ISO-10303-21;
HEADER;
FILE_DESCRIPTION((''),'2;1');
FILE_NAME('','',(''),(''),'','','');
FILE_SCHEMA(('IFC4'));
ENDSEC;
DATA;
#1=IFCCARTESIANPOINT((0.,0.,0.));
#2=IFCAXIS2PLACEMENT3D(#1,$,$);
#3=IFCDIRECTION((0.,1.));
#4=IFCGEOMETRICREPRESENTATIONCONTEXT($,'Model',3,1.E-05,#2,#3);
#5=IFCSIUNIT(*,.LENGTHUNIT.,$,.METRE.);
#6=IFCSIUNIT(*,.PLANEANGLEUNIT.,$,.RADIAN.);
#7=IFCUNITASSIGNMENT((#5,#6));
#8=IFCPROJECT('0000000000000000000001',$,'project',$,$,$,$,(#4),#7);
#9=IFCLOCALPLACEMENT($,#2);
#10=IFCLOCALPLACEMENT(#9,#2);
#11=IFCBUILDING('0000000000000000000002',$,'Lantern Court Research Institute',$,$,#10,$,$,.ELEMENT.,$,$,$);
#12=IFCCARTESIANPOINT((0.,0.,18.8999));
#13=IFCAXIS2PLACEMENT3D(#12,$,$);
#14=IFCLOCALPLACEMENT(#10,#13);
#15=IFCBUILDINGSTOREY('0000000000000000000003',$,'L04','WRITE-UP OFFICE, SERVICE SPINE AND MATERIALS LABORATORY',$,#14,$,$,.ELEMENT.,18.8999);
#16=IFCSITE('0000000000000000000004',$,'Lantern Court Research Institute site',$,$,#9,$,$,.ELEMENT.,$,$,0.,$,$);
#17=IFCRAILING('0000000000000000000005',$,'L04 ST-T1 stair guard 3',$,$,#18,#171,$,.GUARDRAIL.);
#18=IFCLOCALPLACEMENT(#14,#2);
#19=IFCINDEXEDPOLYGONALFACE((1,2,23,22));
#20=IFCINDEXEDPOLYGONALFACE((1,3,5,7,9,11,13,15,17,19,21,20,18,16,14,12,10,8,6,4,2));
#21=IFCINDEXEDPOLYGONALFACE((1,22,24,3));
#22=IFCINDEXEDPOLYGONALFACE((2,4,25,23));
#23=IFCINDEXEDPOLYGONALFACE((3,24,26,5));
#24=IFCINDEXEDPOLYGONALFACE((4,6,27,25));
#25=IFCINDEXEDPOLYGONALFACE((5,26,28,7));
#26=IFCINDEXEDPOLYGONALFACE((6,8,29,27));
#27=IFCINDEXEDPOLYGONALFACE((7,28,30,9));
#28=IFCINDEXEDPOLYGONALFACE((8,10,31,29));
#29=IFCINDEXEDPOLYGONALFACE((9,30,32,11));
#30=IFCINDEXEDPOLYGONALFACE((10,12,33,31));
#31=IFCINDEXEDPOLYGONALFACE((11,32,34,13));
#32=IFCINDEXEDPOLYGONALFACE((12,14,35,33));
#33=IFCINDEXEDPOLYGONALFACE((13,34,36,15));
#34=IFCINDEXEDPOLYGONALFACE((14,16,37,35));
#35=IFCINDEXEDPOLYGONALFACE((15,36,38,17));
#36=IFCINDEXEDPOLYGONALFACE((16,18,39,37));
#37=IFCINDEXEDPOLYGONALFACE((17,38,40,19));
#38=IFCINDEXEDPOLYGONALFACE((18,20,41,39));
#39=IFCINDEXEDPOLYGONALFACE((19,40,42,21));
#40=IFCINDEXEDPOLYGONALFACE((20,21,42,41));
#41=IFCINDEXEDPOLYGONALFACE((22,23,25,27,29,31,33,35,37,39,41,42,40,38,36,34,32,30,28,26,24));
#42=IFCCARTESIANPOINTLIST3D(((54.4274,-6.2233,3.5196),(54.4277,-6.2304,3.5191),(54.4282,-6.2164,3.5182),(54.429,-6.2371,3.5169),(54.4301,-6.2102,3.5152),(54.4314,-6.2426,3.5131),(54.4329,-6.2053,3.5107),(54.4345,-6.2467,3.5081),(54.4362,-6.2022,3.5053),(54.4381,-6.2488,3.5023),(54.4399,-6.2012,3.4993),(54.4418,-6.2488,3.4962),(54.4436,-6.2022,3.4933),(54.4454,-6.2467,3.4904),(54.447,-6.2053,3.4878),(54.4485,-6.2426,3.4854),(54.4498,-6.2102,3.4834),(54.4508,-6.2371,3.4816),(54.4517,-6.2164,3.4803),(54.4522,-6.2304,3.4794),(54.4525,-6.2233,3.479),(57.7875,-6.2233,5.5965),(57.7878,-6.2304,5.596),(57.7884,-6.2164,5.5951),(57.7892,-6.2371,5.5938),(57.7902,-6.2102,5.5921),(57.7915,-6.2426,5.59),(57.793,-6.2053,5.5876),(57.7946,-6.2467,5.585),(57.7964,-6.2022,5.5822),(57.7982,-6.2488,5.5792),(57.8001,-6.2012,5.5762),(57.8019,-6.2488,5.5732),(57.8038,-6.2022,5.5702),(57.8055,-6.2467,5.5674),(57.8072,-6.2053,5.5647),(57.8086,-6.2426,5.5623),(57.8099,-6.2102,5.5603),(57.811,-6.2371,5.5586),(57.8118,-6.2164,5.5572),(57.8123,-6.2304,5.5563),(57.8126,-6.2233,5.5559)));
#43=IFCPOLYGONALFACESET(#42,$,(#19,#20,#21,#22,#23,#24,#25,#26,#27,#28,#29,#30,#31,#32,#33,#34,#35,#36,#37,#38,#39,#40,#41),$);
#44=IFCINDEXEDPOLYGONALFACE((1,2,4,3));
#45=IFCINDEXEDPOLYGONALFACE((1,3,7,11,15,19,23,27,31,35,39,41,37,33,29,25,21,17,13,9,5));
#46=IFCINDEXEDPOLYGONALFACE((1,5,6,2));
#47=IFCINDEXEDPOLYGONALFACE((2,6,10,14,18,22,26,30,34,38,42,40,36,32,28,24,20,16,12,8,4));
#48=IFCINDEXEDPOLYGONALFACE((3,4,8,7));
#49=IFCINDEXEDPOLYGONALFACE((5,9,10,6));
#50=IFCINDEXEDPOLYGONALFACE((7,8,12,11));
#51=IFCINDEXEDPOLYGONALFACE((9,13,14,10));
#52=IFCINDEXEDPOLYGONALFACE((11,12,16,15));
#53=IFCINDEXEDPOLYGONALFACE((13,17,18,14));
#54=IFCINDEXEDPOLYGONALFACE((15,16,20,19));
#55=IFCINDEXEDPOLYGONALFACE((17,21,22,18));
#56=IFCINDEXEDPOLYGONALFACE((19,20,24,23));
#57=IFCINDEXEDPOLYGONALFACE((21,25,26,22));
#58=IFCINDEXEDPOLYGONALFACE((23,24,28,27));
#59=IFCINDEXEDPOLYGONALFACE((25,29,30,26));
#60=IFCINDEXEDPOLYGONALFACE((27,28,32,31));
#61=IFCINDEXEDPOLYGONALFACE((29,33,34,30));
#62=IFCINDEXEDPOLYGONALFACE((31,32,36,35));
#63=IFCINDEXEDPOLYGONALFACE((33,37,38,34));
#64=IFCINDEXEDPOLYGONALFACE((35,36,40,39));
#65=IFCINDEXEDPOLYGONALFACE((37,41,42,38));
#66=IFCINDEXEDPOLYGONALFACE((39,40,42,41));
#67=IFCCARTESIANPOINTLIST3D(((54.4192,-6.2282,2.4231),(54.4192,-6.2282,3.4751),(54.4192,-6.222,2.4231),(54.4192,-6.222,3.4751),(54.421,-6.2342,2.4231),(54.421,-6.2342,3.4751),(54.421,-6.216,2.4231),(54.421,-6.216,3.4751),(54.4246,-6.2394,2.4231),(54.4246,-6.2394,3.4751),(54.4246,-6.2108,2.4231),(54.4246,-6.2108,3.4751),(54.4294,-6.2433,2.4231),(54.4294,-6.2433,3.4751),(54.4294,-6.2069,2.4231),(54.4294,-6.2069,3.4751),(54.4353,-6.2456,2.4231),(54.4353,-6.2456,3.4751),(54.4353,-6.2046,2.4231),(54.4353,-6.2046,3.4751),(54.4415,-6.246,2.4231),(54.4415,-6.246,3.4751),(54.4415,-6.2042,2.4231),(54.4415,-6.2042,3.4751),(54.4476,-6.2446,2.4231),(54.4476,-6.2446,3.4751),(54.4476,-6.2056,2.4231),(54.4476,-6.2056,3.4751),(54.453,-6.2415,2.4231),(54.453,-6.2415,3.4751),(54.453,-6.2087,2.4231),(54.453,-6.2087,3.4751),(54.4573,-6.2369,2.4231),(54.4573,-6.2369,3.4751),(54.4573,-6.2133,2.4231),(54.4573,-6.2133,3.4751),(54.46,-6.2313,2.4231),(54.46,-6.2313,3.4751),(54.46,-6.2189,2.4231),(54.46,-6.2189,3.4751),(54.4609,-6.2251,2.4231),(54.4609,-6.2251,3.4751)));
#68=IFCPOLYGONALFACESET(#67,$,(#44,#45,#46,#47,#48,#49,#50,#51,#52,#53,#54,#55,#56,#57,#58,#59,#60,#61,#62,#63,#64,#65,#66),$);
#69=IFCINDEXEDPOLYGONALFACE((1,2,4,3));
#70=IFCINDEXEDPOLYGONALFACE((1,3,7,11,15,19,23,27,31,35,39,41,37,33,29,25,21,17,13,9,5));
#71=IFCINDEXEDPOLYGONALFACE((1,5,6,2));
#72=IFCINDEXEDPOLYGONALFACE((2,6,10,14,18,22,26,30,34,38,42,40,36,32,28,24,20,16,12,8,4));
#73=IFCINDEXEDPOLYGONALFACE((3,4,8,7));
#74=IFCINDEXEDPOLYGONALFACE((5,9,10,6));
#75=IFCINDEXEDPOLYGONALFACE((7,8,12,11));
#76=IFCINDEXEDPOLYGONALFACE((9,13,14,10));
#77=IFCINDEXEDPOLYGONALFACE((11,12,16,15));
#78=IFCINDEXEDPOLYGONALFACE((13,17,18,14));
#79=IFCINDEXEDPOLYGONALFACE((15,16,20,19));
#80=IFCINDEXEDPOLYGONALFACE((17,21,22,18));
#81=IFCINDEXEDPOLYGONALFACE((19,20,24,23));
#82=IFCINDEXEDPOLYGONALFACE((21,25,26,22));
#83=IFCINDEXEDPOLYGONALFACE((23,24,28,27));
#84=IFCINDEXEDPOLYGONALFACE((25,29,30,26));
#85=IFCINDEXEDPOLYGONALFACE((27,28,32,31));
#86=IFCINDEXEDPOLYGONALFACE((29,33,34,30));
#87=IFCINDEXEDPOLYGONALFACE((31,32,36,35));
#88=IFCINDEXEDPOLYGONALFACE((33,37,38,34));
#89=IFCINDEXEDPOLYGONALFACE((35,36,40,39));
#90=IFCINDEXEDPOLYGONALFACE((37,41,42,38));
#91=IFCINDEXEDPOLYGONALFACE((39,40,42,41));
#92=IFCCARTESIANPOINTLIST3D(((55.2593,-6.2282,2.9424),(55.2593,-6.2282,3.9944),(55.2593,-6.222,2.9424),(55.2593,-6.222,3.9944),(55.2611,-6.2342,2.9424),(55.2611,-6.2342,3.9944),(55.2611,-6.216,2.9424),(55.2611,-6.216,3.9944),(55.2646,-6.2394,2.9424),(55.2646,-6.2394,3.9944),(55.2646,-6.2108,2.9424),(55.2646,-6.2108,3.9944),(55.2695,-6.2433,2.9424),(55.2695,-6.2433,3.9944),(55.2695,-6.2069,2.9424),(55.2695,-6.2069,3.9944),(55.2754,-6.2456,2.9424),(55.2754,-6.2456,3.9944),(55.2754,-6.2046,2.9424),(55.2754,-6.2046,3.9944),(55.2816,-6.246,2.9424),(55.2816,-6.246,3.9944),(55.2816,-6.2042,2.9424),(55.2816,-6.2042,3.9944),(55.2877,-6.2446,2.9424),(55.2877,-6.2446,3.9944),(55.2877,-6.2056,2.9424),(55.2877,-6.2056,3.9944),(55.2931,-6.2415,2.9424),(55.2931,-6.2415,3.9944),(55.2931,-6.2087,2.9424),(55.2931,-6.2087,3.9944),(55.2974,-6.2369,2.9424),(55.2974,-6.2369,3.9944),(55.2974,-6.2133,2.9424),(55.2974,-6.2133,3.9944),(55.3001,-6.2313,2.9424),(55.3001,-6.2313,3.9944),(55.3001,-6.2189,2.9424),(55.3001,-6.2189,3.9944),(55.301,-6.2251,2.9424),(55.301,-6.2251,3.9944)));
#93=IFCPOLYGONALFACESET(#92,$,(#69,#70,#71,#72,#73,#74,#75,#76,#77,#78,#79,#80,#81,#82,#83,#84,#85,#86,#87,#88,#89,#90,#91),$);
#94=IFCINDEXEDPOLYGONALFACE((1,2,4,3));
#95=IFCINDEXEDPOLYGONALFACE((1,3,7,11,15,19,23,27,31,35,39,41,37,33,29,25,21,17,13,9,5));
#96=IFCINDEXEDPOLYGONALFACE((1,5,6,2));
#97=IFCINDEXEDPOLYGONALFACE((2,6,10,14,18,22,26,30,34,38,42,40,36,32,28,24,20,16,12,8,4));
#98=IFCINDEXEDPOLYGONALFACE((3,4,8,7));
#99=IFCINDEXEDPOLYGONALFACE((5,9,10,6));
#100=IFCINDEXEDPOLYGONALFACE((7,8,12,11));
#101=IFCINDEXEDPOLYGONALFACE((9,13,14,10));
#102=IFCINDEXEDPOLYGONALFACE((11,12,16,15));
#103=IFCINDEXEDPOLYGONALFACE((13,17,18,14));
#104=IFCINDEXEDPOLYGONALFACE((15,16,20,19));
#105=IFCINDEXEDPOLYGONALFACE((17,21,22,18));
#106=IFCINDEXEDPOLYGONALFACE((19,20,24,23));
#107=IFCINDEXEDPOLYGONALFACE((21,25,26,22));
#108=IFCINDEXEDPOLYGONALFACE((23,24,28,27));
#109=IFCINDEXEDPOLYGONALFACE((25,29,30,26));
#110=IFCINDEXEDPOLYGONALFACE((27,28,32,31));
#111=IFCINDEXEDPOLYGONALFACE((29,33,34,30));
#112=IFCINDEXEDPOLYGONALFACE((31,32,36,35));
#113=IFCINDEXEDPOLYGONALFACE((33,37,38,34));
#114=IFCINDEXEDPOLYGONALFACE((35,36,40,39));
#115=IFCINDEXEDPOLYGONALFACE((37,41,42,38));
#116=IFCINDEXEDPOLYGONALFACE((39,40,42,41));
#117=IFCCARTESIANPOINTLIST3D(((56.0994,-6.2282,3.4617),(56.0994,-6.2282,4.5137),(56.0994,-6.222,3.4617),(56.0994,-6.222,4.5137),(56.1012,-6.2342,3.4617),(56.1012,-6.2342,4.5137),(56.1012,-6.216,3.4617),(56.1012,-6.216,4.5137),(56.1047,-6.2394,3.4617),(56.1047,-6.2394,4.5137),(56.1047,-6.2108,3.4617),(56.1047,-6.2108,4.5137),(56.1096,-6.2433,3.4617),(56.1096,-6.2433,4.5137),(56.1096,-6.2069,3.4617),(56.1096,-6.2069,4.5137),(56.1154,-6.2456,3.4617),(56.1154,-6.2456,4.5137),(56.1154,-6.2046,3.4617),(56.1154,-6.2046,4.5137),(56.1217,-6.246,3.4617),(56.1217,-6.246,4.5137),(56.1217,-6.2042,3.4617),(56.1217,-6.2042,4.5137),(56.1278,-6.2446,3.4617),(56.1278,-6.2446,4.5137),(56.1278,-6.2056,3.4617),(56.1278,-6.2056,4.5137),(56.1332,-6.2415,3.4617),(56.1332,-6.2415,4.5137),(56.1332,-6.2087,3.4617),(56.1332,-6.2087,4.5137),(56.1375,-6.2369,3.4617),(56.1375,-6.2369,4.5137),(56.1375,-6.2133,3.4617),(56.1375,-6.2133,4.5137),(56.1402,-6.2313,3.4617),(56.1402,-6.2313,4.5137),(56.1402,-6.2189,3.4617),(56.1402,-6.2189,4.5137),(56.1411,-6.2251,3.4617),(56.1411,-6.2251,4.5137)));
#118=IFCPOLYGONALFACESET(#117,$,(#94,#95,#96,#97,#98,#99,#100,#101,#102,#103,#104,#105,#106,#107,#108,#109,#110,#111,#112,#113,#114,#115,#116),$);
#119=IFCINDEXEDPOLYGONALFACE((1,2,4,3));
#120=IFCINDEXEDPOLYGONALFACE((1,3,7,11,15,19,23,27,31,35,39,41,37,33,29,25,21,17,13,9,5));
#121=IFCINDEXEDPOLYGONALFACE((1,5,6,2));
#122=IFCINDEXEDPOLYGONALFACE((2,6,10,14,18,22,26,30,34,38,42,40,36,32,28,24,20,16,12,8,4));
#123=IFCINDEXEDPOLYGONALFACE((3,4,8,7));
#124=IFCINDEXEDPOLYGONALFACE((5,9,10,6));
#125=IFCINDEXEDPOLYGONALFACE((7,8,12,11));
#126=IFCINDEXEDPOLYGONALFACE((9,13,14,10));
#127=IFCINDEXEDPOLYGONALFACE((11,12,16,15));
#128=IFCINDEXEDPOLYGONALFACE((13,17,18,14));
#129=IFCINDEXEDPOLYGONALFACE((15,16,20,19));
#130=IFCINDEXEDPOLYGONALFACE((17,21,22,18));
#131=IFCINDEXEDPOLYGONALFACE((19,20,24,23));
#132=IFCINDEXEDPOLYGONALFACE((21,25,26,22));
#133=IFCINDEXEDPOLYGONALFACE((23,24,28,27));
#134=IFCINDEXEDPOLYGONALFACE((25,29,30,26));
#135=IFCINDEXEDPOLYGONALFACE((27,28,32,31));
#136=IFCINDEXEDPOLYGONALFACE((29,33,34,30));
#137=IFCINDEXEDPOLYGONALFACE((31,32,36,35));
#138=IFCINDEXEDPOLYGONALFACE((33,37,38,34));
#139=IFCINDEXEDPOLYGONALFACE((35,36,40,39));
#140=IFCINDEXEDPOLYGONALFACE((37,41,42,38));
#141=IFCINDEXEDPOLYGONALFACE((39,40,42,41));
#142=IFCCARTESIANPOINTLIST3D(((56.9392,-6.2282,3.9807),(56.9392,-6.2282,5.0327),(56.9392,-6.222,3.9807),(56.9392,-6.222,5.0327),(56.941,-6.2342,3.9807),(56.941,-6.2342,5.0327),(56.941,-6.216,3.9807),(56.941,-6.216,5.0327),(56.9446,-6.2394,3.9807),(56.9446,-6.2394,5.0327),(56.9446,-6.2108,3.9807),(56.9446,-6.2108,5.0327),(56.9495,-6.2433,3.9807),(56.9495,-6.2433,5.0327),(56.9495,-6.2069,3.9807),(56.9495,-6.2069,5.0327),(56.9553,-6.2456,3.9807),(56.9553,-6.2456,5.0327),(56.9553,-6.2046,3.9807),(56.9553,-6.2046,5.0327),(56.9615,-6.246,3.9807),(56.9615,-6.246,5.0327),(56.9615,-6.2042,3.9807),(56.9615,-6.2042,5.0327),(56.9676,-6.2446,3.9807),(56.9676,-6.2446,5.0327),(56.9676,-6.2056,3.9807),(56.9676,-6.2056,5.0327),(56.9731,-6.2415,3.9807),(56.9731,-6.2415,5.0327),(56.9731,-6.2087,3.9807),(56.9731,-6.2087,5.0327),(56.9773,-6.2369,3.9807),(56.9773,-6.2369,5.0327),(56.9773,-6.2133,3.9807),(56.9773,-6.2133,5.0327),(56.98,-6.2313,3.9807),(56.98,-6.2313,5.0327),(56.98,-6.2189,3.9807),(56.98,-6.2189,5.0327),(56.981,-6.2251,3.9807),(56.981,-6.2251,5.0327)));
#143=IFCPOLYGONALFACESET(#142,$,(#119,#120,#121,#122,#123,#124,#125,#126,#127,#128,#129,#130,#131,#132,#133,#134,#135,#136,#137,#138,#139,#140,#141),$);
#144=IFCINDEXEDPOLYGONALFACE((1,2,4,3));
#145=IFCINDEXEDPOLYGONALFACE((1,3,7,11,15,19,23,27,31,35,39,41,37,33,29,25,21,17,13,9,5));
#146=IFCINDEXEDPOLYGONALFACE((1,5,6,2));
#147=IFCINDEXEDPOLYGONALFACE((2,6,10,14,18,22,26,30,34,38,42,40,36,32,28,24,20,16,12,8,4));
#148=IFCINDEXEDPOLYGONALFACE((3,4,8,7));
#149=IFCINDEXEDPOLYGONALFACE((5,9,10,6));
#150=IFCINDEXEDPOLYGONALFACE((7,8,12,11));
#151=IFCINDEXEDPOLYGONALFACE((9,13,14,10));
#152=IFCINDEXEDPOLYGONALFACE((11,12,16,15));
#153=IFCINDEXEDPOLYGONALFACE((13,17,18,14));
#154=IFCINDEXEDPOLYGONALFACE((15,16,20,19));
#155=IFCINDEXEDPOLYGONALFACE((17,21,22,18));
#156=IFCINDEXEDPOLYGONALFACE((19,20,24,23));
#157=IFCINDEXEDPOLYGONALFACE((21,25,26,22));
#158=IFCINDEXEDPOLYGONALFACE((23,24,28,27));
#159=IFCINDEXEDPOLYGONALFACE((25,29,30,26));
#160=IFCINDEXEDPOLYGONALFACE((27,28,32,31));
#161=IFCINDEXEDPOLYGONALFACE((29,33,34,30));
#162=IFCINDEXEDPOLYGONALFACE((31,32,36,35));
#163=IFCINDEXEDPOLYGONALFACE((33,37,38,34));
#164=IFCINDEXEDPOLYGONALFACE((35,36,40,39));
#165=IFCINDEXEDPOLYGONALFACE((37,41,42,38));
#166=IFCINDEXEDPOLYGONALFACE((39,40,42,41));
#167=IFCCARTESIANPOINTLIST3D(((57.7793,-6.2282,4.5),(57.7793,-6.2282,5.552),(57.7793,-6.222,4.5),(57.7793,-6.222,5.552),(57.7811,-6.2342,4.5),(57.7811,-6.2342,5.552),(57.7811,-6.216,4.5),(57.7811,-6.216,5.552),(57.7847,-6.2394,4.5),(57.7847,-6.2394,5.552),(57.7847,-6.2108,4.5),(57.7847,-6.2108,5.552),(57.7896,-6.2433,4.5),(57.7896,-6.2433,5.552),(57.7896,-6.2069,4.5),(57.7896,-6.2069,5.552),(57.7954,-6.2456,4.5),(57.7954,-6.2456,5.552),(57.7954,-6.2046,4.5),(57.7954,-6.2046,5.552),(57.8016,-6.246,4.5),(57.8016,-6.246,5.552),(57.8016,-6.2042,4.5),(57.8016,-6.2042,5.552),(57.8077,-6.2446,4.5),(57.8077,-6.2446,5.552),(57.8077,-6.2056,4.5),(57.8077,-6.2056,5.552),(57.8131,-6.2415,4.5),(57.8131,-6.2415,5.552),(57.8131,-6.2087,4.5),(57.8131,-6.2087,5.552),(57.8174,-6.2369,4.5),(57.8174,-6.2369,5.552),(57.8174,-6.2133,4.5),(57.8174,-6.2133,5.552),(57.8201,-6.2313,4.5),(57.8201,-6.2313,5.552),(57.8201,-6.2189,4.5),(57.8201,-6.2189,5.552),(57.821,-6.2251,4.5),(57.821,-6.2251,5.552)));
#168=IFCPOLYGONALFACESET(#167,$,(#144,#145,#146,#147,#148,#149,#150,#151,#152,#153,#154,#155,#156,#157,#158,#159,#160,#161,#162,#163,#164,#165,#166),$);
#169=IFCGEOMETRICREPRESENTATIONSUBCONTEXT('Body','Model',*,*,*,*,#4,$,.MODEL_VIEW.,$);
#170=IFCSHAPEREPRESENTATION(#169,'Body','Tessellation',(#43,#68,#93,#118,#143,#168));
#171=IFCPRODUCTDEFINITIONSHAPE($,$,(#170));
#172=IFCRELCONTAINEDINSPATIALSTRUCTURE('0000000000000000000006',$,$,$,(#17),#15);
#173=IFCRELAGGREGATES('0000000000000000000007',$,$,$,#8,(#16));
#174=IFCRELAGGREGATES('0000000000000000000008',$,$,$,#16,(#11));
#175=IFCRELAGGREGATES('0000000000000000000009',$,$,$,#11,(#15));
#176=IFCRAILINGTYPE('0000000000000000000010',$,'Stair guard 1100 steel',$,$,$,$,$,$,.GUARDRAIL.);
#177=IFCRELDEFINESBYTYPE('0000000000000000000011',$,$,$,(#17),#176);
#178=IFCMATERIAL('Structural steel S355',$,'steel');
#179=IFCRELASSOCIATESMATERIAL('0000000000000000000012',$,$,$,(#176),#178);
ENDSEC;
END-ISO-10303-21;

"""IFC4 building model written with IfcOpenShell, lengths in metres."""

from ifc_helpers import new_model, si_unit, direction, frame, origin, origin_2d, place, context, subcontext, project, spatial, circle, extrude, material, type_object, element, save


model = new_model("IFC4")

# Units and contexts
model_context = context("Model", 3, precision=1e-05, world=origin(), true_north=direction((0.0, 1.0)))
body_context = subcontext(model_context, "Body", "Model", "MODEL_VIEW")
ifc_project = project(units=[si_unit("LENGTHUNIT", "METRE"), si_unit("PLANEANGLEUNIT", "RADIAN")], contexts=[model_context])

# Site, building, storey
site_placement = place(None, origin())
site = spatial("IfcSite", under=ifc_project, at=site_placement, Name="Lantern Court Research Institute site", CompositionType="ELEMENT", RefElevation=0.0)
building_placement = place(site_placement, origin())
building = spatial("IfcBuilding", under=site, at=building_placement, Name="Lantern Court Research Institute", CompositionType="ELEMENT")
storey_placement = place(building_placement, frame((0.0, 0.0, 18.8999)))
storey = spatial("IfcBuildingStorey", under=building, at=storey_placement, Name="L04", Description="WRITE-UP OFFICE, SERVICE SPINE AND MATERIALS LABORATORY", CompositionType="ELEMENT", Elevation=18.8999)

# Railing
ifc_material_1 = material(Name="Structural steel S355", Category="steel")
railing_type_1 = type_object("IfcRailingType", Name="Stair guard 1100 steel", PredefinedType="GUARDRAIL", material=ifc_material_1)
railing_1_placement = place(storey_placement, frame((54.4399, -6.2251, 2.4231)))
element("IfcRailing", 1, at=railing_1_placement, inside=storey, type_object=railing_type_1, Name="L04 ST-T1 stair guard 3", PredefinedType="GUARDRAIL", context=body_context, shape_type="SweptSolid", body=[
    extrude(circle(Radius=0.0239, at=origin_2d()), frame((0.0, 0.0, 1.0762), z_axis=(0.850623, 0.0, 0.525776), x_axis=(0.0, 1.0, 0.0)), (0.0, 0.0, 1.0), 3.9502),
    extrude(circle(Radius=0.021, at=origin_2d()), origin(), (0.0, 0.0, 1.0), 1.052),
    extrude(circle(Radius=0.021, at=origin_2d()), frame((0.8401, 0.0, 0.5193)), (0.0, 0.0, 1.0), 1.052),
    extrude(circle(Radius=0.021, at=origin_2d()), frame((1.6802, 0.0, 1.0386)), (0.0, 0.0, 1.0), 1.052),
    extrude(circle(Radius=0.021, at=origin_2d()), frame((2.52, 0.0, 1.5576)), (0.0, 0.0, 1.0), 1.052),
    extrude(circle(Radius=0.021, at=origin_2d()), frame((3.3601, 0.0, 2.0769)), (0.0, 0.0, 1.0), 1.052),
])

save(model, "model.ifc")
